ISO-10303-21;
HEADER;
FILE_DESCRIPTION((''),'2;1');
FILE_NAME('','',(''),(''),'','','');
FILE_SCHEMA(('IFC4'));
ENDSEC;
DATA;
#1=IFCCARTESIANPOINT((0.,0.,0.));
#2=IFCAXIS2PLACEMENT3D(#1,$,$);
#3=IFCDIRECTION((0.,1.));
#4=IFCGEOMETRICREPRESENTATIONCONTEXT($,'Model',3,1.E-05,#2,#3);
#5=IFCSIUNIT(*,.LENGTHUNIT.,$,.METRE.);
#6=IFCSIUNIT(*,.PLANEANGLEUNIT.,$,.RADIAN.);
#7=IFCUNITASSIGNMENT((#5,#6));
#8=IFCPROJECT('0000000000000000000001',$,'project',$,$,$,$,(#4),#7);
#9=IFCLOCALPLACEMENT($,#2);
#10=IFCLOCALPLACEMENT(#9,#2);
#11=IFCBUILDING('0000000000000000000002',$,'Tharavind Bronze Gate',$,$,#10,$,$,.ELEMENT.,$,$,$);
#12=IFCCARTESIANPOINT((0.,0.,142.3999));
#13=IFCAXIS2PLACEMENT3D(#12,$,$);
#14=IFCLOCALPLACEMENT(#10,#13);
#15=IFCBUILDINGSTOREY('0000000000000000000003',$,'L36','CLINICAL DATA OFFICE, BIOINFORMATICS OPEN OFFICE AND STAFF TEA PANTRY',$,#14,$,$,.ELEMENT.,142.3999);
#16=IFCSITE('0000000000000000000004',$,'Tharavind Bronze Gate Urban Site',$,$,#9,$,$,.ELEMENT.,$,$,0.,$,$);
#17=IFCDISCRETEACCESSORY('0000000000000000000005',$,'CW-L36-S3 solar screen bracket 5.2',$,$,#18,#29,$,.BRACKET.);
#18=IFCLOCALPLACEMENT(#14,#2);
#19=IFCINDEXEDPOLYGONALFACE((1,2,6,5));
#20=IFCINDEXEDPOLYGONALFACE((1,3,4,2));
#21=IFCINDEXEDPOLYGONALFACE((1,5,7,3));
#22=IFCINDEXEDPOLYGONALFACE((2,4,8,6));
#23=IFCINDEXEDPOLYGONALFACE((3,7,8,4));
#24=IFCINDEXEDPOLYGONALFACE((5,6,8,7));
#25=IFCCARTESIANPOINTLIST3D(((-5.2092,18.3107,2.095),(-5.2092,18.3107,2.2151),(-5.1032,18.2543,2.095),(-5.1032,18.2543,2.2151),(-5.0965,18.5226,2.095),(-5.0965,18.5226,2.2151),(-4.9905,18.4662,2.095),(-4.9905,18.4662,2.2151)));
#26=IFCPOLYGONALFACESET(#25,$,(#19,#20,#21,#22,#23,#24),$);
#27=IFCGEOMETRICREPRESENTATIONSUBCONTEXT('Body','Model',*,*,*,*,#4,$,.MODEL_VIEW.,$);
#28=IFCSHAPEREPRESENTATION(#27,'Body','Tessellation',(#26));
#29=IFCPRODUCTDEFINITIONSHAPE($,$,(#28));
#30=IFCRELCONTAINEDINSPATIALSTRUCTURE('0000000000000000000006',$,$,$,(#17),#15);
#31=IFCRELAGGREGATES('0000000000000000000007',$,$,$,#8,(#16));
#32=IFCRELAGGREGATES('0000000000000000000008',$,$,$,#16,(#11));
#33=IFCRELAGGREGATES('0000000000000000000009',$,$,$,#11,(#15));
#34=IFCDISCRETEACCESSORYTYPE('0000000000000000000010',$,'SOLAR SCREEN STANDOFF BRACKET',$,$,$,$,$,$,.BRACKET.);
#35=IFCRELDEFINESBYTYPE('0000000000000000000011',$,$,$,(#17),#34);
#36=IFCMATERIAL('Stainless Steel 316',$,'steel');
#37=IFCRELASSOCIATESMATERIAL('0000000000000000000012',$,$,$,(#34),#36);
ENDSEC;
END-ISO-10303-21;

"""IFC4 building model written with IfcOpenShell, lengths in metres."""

from ifc_helpers import new_model, si_unit, direction, frame, origin, origin_2d, place, context, subcontext, project, spatial, rectangle, extrude, material, type_object, element, save


model = new_model("IFC4")

# Units and contexts
model_context = context("Model", 3, precision=1e-05, world=origin(), true_north=direction((0.0, 1.0)))
body_context = subcontext(model_context, "Body", "Model", "MODEL_VIEW")
ifc_project = project(units=[si_unit("LENGTHUNIT", "METRE"), si_unit("PLANEANGLEUNIT", "RADIAN")], contexts=[model_context])

# Site, building, storey
site_placement = place(None, origin())
site = spatial("IfcSite", under=ifc_project, at=site_placement, Name="Tharavind Bronze Gate Urban Site", CompositionType="ELEMENT", RefElevation=0.0)
building_placement = place(site_placement, origin())
building = spatial("IfcBuilding", under=site, at=building_placement, Name="Tharavind Bronze Gate", CompositionType="ELEMENT")
storey_placement = place(building_placement, frame((0.0, 0.0, 142.3999)))
storey = spatial("IfcBuildingStorey", under=building, at=storey_placement, Name="L36", Description="CLINICAL DATA OFFICE, BIOINFORMATICS OPEN OFFICE AND STAFF TEA PANTRY", CompositionType="ELEMENT", Elevation=142.3999)

# Discrete accessory
ifc_material_1 = material(Name="Stainless Steel 316", Category="steel")
discrete_accessory_type = type_object("IfcDiscreteAccessoryType", Name="SOLAR SCREEN STANDOFF BRACKET", PredefinedType="BRACKET", material=ifc_material_1)
discrete_accessory_placement = place(storey_placement, frame((-5.0999, 18.3884, 2.095), z_axis=(0.0, 0.0, 1.0), x_axis=(-0.882948, 0.469472, 0.0)))
element("IfcDiscreteAccessory", 1, at=discrete_accessory_placement, inside=storey, type_object=discrete_accessory_type, Name="CW-L36-S3 solar screen bracket 5.2", PredefinedType="BRACKET", context=body_context, shape_type="SweptSolid", body=[
    extrude(rectangle(XDim=0.1201, YDim=0.24, at=origin_2d()), origin(), (0.0, 0.0, 1.0), 0.1201),
])

save(model, "model.ifc")
